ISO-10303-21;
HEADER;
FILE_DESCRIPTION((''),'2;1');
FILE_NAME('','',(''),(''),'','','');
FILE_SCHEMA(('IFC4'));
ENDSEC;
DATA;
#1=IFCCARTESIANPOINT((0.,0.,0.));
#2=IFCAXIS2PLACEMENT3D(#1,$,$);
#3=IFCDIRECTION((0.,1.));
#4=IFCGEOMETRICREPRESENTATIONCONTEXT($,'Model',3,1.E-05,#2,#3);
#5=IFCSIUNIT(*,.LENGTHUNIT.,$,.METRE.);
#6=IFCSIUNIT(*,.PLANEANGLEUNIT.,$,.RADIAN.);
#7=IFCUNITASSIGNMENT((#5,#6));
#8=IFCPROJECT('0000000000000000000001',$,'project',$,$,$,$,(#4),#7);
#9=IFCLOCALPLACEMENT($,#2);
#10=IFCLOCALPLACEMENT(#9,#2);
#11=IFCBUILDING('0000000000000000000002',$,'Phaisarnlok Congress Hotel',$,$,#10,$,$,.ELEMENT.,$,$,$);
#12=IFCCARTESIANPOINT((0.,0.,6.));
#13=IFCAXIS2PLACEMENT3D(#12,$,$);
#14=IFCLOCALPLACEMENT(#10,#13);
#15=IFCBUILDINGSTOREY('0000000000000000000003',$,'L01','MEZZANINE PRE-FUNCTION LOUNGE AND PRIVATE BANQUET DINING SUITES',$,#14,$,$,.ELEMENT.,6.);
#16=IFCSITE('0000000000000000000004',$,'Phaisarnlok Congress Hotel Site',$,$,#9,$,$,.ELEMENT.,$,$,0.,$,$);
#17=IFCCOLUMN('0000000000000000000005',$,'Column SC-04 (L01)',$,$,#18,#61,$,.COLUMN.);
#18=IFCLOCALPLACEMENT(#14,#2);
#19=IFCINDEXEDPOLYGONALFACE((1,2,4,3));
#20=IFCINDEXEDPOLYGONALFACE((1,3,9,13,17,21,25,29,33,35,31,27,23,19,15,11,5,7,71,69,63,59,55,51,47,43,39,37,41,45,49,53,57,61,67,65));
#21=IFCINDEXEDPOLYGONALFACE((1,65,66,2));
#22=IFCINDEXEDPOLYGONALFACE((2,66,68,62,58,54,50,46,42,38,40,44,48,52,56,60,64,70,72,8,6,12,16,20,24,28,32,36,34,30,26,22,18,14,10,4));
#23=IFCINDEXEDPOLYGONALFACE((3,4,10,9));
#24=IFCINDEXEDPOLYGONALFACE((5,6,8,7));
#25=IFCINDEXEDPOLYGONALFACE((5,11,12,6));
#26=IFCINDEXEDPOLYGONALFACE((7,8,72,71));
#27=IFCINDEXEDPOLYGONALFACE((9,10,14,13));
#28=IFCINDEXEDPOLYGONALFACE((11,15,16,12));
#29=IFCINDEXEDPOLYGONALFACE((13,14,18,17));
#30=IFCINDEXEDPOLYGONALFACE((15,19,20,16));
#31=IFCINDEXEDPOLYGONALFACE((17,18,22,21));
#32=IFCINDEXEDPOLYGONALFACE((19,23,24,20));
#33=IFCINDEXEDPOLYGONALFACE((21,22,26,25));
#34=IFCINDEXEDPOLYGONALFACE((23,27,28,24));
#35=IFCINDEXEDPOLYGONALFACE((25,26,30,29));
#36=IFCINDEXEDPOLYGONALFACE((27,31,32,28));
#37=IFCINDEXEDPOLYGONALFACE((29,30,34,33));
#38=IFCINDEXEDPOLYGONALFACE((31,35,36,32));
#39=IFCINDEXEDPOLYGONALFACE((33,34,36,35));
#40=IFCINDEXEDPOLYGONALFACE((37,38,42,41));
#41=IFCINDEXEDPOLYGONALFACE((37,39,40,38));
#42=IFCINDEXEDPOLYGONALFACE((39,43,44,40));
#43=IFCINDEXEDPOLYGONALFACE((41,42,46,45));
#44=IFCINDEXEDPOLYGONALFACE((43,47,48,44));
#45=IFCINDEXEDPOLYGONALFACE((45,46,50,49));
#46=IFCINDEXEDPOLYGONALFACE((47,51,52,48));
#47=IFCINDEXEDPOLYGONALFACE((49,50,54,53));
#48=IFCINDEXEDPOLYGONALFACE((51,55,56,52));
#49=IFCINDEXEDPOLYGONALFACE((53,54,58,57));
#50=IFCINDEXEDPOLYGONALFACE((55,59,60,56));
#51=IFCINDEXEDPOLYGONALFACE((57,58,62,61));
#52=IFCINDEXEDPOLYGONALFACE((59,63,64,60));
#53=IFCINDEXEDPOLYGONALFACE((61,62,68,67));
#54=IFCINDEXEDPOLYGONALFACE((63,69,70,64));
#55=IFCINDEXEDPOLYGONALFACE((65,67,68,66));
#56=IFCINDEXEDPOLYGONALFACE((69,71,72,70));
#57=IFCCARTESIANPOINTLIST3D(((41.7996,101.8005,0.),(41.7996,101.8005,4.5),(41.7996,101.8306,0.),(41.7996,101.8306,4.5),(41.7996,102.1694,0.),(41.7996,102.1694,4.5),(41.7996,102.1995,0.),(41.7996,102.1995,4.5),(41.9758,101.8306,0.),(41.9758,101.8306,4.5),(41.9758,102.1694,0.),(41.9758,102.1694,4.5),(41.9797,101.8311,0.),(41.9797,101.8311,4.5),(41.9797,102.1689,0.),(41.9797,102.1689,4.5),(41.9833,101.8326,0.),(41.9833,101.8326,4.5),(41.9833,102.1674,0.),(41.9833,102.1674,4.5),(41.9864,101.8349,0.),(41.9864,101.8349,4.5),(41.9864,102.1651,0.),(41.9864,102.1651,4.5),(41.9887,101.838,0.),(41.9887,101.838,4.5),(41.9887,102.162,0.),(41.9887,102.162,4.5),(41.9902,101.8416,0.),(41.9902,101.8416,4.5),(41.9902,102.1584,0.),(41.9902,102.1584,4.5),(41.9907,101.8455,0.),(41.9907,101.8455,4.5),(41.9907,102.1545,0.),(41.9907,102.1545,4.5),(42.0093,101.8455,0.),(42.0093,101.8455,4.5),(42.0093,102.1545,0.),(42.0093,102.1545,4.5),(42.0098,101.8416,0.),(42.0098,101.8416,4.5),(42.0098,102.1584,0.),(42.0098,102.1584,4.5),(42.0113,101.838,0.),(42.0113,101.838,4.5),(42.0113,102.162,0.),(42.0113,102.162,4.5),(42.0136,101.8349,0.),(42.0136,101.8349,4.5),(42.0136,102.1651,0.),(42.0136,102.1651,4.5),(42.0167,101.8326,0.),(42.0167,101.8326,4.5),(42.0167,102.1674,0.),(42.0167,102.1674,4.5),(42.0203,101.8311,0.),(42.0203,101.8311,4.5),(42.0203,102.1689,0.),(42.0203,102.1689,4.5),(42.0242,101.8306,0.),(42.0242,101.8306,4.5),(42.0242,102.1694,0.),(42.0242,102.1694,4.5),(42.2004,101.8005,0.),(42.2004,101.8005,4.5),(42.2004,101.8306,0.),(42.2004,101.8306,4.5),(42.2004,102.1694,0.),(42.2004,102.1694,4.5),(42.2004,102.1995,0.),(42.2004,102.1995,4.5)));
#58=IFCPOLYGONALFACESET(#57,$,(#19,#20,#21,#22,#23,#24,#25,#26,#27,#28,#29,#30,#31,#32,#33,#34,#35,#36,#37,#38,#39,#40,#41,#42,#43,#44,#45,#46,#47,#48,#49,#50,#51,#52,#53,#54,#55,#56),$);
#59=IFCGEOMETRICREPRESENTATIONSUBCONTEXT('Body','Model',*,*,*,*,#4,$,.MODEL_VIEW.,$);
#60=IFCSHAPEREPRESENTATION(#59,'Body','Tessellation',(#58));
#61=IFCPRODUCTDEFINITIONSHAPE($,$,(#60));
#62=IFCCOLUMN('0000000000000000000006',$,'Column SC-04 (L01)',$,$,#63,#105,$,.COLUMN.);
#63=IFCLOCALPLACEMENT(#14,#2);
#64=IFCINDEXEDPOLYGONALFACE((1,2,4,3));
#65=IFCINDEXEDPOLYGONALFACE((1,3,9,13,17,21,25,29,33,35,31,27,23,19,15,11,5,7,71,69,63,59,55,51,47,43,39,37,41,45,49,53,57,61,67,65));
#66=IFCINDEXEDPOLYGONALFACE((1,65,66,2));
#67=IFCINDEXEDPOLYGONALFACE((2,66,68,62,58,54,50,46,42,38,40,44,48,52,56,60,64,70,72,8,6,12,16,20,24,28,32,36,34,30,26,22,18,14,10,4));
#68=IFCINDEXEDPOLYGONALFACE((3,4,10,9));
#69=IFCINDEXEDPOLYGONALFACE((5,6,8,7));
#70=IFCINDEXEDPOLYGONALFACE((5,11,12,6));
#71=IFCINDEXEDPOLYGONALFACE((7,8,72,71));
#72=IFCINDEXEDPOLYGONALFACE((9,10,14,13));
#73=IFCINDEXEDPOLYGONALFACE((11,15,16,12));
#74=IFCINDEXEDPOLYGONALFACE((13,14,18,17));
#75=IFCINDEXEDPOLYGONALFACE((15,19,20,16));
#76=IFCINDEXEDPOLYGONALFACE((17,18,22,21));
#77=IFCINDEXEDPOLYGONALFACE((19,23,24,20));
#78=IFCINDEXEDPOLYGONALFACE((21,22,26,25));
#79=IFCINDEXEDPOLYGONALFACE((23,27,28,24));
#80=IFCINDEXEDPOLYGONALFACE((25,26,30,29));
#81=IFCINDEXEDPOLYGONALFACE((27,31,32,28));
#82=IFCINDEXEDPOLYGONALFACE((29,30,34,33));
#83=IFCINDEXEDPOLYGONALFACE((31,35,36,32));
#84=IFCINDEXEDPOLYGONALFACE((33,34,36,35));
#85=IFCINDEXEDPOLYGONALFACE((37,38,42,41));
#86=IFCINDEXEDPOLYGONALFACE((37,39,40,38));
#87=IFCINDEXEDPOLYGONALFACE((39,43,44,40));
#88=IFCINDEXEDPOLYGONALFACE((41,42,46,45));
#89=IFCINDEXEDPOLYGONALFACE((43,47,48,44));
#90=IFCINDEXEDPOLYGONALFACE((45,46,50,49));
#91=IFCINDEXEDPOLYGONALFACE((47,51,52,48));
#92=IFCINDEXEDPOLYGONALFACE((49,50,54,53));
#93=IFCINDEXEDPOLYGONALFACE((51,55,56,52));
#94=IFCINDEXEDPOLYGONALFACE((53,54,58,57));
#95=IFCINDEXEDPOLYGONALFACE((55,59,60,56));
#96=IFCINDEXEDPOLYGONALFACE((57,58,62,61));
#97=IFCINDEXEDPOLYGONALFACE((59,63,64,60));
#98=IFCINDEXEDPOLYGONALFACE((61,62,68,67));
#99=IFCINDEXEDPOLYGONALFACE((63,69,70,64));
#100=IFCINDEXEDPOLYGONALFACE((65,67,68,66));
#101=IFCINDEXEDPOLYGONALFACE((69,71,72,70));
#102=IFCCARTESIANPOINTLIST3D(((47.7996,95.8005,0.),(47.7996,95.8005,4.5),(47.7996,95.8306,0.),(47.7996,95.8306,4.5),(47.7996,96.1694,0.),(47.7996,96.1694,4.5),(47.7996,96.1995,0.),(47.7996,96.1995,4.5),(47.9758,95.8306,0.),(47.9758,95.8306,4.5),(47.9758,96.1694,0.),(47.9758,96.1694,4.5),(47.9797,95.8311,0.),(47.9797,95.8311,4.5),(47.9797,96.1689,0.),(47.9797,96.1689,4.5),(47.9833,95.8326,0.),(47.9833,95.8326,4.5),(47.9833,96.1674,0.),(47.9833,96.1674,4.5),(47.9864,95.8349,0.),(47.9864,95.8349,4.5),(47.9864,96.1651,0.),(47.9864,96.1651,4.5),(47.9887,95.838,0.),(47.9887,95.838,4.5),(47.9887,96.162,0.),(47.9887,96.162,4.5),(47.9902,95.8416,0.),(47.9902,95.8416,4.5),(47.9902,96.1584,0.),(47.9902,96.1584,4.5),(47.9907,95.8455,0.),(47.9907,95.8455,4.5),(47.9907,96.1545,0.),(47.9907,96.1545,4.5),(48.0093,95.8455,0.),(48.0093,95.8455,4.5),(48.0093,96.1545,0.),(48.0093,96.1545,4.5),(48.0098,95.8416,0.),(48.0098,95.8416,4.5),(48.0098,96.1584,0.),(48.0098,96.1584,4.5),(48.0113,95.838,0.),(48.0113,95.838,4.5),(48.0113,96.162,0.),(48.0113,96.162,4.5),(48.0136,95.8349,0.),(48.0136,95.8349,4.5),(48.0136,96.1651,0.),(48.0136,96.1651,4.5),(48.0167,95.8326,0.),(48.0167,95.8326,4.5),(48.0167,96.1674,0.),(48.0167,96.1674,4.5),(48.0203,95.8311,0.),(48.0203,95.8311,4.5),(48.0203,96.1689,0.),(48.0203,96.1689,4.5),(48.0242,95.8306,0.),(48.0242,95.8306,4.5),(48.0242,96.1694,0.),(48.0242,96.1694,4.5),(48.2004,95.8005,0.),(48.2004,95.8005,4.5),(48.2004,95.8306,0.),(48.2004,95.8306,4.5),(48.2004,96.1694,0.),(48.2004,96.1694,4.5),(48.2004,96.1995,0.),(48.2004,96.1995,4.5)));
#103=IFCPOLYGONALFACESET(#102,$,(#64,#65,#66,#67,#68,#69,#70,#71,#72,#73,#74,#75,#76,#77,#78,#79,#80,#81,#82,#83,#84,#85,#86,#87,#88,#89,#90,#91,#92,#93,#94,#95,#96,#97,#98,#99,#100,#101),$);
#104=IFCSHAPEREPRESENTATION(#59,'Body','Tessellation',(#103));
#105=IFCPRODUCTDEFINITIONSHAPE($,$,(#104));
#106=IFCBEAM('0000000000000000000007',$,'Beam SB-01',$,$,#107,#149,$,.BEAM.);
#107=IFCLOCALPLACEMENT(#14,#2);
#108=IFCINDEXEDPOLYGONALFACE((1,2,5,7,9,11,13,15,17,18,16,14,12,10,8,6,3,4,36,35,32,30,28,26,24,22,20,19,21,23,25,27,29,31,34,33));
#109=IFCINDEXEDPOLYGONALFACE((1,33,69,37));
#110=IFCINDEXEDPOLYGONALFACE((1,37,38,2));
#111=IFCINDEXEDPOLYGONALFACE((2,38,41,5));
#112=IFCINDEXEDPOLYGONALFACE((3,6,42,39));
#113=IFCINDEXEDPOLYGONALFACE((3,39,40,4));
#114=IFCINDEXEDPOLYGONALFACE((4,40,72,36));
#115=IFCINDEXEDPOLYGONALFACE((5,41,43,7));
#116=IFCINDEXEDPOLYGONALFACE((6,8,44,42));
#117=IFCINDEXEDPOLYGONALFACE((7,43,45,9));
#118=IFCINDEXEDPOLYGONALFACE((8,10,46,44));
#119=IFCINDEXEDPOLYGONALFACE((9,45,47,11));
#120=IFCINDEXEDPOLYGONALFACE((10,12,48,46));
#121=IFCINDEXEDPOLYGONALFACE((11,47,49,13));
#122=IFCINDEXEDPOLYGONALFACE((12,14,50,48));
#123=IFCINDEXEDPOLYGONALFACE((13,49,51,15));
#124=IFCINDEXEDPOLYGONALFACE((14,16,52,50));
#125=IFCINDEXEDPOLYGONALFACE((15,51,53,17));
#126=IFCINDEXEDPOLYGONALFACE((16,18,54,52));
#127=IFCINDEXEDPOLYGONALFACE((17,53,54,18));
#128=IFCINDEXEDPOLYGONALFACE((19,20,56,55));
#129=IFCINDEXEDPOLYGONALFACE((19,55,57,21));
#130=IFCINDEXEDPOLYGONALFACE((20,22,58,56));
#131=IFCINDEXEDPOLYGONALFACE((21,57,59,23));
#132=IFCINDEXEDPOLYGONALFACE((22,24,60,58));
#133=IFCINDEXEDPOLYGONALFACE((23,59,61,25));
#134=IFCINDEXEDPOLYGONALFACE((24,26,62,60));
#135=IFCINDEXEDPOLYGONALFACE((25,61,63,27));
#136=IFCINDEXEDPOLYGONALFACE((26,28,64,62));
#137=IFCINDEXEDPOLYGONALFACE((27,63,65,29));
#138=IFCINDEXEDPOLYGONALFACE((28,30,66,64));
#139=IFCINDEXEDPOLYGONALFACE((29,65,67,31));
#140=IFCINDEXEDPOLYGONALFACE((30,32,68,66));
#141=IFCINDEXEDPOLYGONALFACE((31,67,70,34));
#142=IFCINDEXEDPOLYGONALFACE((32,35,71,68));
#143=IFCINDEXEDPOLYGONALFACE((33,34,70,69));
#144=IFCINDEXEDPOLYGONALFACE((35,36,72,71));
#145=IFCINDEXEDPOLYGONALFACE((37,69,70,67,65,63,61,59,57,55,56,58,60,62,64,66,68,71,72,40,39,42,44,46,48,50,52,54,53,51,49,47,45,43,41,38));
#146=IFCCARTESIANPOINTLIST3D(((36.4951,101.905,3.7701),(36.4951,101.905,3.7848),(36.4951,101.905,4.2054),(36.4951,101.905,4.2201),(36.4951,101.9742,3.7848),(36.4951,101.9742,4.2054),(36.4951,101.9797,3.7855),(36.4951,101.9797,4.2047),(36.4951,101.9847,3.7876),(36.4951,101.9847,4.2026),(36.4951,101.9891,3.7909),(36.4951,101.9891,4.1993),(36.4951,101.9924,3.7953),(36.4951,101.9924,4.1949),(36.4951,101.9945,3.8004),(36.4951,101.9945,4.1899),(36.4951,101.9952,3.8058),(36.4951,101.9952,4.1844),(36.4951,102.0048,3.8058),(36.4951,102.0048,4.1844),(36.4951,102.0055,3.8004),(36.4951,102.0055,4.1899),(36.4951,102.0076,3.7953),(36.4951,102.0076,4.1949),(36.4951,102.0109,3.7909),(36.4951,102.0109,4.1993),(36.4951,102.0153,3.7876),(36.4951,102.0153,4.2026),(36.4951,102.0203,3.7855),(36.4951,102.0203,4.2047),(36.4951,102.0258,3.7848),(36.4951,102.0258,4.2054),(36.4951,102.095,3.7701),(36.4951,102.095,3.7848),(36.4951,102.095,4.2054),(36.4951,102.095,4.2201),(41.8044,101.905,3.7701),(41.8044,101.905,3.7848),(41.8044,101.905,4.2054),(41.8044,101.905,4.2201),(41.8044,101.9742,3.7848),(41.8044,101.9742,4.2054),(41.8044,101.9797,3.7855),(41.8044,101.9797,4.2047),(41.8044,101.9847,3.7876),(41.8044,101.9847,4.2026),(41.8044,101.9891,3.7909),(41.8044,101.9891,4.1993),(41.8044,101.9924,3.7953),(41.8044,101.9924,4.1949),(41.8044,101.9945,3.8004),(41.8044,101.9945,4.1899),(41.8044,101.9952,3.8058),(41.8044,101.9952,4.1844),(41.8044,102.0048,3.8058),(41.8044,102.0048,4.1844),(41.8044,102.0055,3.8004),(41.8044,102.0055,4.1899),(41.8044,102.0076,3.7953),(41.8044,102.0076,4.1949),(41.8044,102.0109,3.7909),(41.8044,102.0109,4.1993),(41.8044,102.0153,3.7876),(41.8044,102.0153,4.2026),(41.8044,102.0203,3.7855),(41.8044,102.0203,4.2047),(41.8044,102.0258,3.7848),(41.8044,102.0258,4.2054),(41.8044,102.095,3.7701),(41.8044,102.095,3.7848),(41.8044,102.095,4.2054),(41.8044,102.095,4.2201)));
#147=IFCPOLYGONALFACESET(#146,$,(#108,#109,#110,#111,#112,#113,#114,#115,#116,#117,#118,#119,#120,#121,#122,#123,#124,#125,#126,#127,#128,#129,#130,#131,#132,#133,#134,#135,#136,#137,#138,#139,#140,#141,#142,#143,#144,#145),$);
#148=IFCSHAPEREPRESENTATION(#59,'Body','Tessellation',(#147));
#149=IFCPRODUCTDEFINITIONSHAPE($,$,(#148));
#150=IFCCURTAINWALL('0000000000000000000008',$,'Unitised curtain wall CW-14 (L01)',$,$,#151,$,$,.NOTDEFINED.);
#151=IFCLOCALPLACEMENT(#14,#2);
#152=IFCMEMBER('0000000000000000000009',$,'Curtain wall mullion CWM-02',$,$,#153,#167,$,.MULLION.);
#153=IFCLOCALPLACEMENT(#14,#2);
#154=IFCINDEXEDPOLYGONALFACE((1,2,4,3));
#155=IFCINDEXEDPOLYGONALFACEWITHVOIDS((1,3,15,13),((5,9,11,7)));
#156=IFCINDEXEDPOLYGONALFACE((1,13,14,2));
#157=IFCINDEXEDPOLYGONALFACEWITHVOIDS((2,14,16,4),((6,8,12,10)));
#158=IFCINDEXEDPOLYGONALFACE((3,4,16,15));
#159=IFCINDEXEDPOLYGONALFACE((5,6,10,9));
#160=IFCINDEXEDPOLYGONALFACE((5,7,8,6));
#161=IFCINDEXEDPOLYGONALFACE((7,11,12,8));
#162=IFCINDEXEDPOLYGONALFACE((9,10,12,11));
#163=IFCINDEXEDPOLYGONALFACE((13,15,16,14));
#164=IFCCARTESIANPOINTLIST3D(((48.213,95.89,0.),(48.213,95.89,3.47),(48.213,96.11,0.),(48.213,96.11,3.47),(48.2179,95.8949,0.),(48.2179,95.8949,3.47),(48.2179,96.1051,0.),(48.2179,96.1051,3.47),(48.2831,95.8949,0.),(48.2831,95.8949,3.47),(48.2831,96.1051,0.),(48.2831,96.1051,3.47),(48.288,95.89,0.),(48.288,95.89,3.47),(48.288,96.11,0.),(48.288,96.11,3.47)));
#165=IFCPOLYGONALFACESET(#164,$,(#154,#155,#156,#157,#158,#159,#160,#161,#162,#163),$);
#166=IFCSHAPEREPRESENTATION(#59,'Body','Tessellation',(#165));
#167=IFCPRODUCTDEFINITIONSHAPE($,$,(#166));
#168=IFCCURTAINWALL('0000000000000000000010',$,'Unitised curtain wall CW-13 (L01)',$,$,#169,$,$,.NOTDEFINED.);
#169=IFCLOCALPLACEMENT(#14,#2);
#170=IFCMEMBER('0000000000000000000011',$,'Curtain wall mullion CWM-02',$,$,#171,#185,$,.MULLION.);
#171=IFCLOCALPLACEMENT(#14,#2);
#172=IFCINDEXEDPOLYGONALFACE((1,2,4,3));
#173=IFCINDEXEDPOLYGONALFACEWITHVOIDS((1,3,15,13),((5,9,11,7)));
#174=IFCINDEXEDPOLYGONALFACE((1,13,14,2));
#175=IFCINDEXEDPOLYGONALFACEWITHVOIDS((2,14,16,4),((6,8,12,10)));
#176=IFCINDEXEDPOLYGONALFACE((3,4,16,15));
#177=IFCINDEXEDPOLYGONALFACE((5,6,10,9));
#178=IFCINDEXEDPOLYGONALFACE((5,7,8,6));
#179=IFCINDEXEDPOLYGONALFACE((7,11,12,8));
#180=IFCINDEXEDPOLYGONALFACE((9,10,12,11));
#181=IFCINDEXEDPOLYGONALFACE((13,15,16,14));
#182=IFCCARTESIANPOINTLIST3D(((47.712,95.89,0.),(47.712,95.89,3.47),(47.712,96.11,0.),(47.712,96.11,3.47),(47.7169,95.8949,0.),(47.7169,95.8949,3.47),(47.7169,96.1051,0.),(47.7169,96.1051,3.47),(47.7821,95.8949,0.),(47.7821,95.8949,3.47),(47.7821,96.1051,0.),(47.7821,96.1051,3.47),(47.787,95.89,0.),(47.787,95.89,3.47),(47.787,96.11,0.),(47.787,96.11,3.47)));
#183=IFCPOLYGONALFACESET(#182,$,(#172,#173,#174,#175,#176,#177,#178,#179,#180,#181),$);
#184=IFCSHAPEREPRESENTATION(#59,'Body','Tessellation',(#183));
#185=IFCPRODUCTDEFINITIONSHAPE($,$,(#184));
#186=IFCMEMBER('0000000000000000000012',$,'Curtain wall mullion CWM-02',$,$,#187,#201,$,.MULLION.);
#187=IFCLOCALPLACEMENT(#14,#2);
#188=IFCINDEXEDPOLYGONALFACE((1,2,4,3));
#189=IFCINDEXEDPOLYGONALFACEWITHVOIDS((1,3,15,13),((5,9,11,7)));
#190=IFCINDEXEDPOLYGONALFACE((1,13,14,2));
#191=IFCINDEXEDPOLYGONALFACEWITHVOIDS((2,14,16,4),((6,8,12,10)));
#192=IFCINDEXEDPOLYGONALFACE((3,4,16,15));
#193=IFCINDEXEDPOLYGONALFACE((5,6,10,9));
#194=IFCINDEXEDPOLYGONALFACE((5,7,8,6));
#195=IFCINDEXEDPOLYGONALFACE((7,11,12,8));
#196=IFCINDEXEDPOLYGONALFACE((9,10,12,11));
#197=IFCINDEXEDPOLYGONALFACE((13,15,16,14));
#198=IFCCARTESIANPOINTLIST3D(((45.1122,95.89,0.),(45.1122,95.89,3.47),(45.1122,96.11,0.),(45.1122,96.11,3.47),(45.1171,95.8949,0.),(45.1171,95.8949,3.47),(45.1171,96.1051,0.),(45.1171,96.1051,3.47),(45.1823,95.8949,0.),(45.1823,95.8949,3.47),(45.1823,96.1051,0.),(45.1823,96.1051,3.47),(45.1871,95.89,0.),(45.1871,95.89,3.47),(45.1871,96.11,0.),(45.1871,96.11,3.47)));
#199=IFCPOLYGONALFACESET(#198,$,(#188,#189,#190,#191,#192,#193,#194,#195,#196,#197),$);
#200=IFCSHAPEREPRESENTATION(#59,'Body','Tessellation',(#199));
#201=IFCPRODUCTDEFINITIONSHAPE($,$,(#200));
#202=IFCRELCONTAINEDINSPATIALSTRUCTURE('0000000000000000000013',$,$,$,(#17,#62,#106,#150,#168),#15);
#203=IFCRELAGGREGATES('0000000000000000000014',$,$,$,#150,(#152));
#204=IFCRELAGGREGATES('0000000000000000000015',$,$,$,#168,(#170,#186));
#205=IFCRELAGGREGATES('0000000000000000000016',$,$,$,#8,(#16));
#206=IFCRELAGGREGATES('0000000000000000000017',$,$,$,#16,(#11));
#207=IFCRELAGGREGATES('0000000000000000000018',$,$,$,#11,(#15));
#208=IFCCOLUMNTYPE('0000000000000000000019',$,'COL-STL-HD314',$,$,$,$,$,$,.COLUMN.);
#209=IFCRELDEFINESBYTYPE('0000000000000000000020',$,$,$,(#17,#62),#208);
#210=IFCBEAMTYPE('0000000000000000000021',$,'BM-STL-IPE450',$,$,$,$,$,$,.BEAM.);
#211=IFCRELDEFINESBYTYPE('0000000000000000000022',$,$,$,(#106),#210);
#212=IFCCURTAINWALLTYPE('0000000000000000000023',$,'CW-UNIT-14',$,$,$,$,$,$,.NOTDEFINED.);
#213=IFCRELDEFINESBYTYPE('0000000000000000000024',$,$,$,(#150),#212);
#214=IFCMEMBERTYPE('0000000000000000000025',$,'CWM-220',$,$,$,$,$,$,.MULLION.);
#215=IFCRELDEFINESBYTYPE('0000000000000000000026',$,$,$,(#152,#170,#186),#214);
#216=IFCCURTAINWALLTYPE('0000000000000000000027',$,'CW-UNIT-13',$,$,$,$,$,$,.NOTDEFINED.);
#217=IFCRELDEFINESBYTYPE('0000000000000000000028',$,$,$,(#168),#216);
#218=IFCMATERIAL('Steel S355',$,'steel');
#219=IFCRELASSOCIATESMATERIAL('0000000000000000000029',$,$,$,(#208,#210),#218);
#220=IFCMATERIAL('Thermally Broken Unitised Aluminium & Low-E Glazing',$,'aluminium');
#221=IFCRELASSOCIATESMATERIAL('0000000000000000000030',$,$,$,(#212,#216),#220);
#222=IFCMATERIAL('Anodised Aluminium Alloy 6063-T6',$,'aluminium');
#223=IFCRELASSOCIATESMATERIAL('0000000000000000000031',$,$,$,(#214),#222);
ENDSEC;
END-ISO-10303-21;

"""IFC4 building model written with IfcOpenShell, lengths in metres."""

from ifc_helpers import new_model, si_unit, direction, frame, origin, origin_2d, place, context, subcontext, project, spatial, hollow_rectangle, i_section, extrude, material, material_profile, profile_set, type_object, element, aggregate, save


model = new_model("IFC4")

# Units and contexts
model_context = context("Model", 3, precision=1e-05, world=origin(), true_north=direction((0.0, 1.0)))
body_context = subcontext(model_context, "Body", "Model", "MODEL_VIEW")
ifc_project = project(units=[si_unit("LENGTHUNIT", "METRE"), si_unit("PLANEANGLEUNIT", "RADIAN")], contexts=[model_context])

# Site, building, storey
site_placement = place(None, origin())
site = spatial("IfcSite", under=ifc_project, at=site_placement, Name="Phaisarnlok Congress Hotel Site", CompositionType="ELEMENT", RefElevation=0.0)
building_placement = place(site_placement, origin())
building = spatial("IfcBuilding", under=site, at=building_placement, Name="Phaisarnlok Congress Hotel", CompositionType="ELEMENT")
storey_placement = place(building_placement, frame((0.0, 0.0, 6.0)))
storey = spatial("IfcBuildingStorey", under=building, at=storey_placement, Name="L01", Description="MEZZANINE PRE-FUNCTION LOUNGE AND PRIVATE BANQUET DINING SUITES", CompositionType="ELEMENT", Elevation=6.0)

# Columns
ifc_material_1 = material(Name="Steel S355", Category="steel")
ifc_material_profile_1 = material_profile(ifc_material_1, i_section(OverallWidth=0.4009, OverallDepth=0.3989, WebThickness=0.0186, FlangeThickness=0.03, FilletRadius=0.0149, at=origin_2d()), Name="HD 400x314")
ifc_profile_set_1 = profile_set([ifc_material_profile_1], Name="Steel S355")
column_type = type_object("IfcColumnType", Name="COL-STL-HD314", PredefinedType="COLUMN", material=ifc_profile_set_1)
for number, where, z_axis, x_axis, name in (
    (1, (42.0, 102.0, 0.0), (0.0, 0.0, 1.0), (1.0, 0.0, 0.0), "Column SC-04 (L01)"),
    (2, (48.0, 96.0, 0.0), (0.0, 0.0, 1.0), (1.0, 0.0, 0.0), "Column SC-04 (L01)"),
):
    element("IfcColumn", number, at=place(storey_placement, frame(where, z_axis=z_axis, x_axis=x_axis)), inside=storey, type_object=column_type, Name=name, PredefinedType="COLUMN", context=body_context, shape_type="SweptSolid", body=[
        extrude(i_section(OverallWidth=0.4009, OverallDepth=0.3989, WebThickness=0.0186, FlangeThickness=0.03, FilletRadius=0.0149, at=origin_2d()), origin(), (0.0, 0.0, 1.0), 4.5),
    ])

# Beam
ifc_material_profile_2 = material_profile(ifc_material_1, i_section(OverallWidth=0.1899, OverallDepth=0.45, WebThickness=0.0095, FlangeThickness=0.0146, FilletRadius=0.021, at=origin_2d()), Name="IPE 450")
ifc_profile_set_2 = profile_set([ifc_material_profile_2], Name="Steel S355")
beam_type_1 = type_object("IfcBeamType", Name="BM-STL-IPE450", PredefinedType="BEAM", material=ifc_profile_set_2)
beam_1_placement = place(storey_placement, frame((36.4951, 102.0, 3.9951), z_axis=(1.0, 0.0, 0.0), x_axis=(0.0, 1.0, 0.0)))
element("IfcBeam", 3, at=beam_1_placement, inside=storey, type_object=beam_type_1, Name="Beam SB-01", PredefinedType="BEAM", context=body_context, shape_type="SweptSolid", body=[
    extrude(i_section(OverallWidth=0.1899, OverallDepth=0.45, WebThickness=0.0095, FlangeThickness=0.0146, FilletRadius=0.021, at=origin_2d()), origin(), (0.0, 0.0, 1.0), 5.3093),
])

# Curtain wall, member
ifc_material_2 = material(Name="Thermally Broken Unitised Aluminium & Low-E Glazing", Category="aluminium")
curtain_wall_type_1 = type_object("IfcCurtainWallType", Name="CW-UNIT-14", PredefinedType="NOTDEFINED", material=ifc_material_2)
curtain_wall_1_placement = place(storey_placement, origin())
curtain_wall_1 = element("IfcCurtainWall", 4, at=curtain_wall_1_placement, inside=storey, type_object=curtain_wall_type_1, Name="Unitised curtain wall CW-14 (L01)", PredefinedType="NOTDEFINED")
ifc_material_3 = material(Name="Anodised Aluminium Alloy 6063-T6", Category="aluminium")
ifc_material_profile_3 = material_profile(ifc_material_3, hollow_rectangle(XDim=0.075, YDim=0.22, WallThickness=0.0049, at=origin_2d()), Name="ALU-M 75x220x5")
ifc_profile_set_3 = profile_set([ifc_material_profile_3], Name="Anodised Aluminium Alloy 6063-T6")
member_type_1 = type_object("IfcMemberType", Name="CWM-220", PredefinedType="MULLION", material=ifc_profile_set_3)
member_1_placement = place(storey_placement, frame((48.2505, 96.0, 0.0), z_axis=(0.0, 0.0, 1.0), x_axis=(-1.0, 0.0, 0.0)))
member_1 = element("IfcMember", 5, at=member_1_placement, type_object=member_type_1, Name="Curtain wall mullion CWM-02", PredefinedType="MULLION", context=body_context, shape_type="SweptSolid", body=[
    extrude(hollow_rectangle(XDim=0.075, YDim=0.22, WallThickness=0.0049, at=origin_2d()), origin(), (0.0, 0.0, 1.0), 3.47),
])
aggregate(curtain_wall_1, [member_1])

# Curtain wall, members
curtain_wall_type_2 = type_object("IfcCurtainWallType", Name="CW-UNIT-13", PredefinedType="NOTDEFINED", material=ifc_material_2)
curtain_wall_2_placement = place(storey_placement, origin())
curtain_wall_2 = element("IfcCurtainWall", 6, at=curtain_wall_2_placement, inside=storey, type_object=curtain_wall_type_2, Name="Unitised curtain wall CW-13 (L01)", PredefinedType="NOTDEFINED")
member_2_placement = place(storey_placement, frame((47.7495, 96.0, 0.0), z_axis=(0.0, 0.0, 1.0), x_axis=(-1.0, 0.0, 0.0)))
member_2 = element("IfcMember", 7, at=member_2_placement, type_object=member_type_1, Name="Curtain wall mullion CWM-02", PredefinedType="MULLION", context=body_context, shape_type="SweptSolid", body=[
    extrude(hollow_rectangle(XDim=0.075, YDim=0.22, WallThickness=0.0049, at=origin_2d()), origin(), (0.0, 0.0, 1.0), 3.47),
])
member_3_placement = place(storey_placement, frame((45.1497, 96.0, 0.0), z_axis=(0.0, 0.0, 1.0), x_axis=(-1.0, 0.0, 0.0)))
member_3 = element("IfcMember", 8, at=member_3_placement, type_object=member_type_1, Name="Curtain wall mullion CWM-02", PredefinedType="MULLION", context=body_context, shape_type="SweptSolid", body=[
    extrude(hollow_rectangle(XDim=0.075, YDim=0.22, WallThickness=0.0049, at=origin_2d()), origin(), (0.0, 0.0, 1.0), 3.47),
])

aggregate(curtain_wall_2, [member_2, member_3])

save(model, "model.ifc")
